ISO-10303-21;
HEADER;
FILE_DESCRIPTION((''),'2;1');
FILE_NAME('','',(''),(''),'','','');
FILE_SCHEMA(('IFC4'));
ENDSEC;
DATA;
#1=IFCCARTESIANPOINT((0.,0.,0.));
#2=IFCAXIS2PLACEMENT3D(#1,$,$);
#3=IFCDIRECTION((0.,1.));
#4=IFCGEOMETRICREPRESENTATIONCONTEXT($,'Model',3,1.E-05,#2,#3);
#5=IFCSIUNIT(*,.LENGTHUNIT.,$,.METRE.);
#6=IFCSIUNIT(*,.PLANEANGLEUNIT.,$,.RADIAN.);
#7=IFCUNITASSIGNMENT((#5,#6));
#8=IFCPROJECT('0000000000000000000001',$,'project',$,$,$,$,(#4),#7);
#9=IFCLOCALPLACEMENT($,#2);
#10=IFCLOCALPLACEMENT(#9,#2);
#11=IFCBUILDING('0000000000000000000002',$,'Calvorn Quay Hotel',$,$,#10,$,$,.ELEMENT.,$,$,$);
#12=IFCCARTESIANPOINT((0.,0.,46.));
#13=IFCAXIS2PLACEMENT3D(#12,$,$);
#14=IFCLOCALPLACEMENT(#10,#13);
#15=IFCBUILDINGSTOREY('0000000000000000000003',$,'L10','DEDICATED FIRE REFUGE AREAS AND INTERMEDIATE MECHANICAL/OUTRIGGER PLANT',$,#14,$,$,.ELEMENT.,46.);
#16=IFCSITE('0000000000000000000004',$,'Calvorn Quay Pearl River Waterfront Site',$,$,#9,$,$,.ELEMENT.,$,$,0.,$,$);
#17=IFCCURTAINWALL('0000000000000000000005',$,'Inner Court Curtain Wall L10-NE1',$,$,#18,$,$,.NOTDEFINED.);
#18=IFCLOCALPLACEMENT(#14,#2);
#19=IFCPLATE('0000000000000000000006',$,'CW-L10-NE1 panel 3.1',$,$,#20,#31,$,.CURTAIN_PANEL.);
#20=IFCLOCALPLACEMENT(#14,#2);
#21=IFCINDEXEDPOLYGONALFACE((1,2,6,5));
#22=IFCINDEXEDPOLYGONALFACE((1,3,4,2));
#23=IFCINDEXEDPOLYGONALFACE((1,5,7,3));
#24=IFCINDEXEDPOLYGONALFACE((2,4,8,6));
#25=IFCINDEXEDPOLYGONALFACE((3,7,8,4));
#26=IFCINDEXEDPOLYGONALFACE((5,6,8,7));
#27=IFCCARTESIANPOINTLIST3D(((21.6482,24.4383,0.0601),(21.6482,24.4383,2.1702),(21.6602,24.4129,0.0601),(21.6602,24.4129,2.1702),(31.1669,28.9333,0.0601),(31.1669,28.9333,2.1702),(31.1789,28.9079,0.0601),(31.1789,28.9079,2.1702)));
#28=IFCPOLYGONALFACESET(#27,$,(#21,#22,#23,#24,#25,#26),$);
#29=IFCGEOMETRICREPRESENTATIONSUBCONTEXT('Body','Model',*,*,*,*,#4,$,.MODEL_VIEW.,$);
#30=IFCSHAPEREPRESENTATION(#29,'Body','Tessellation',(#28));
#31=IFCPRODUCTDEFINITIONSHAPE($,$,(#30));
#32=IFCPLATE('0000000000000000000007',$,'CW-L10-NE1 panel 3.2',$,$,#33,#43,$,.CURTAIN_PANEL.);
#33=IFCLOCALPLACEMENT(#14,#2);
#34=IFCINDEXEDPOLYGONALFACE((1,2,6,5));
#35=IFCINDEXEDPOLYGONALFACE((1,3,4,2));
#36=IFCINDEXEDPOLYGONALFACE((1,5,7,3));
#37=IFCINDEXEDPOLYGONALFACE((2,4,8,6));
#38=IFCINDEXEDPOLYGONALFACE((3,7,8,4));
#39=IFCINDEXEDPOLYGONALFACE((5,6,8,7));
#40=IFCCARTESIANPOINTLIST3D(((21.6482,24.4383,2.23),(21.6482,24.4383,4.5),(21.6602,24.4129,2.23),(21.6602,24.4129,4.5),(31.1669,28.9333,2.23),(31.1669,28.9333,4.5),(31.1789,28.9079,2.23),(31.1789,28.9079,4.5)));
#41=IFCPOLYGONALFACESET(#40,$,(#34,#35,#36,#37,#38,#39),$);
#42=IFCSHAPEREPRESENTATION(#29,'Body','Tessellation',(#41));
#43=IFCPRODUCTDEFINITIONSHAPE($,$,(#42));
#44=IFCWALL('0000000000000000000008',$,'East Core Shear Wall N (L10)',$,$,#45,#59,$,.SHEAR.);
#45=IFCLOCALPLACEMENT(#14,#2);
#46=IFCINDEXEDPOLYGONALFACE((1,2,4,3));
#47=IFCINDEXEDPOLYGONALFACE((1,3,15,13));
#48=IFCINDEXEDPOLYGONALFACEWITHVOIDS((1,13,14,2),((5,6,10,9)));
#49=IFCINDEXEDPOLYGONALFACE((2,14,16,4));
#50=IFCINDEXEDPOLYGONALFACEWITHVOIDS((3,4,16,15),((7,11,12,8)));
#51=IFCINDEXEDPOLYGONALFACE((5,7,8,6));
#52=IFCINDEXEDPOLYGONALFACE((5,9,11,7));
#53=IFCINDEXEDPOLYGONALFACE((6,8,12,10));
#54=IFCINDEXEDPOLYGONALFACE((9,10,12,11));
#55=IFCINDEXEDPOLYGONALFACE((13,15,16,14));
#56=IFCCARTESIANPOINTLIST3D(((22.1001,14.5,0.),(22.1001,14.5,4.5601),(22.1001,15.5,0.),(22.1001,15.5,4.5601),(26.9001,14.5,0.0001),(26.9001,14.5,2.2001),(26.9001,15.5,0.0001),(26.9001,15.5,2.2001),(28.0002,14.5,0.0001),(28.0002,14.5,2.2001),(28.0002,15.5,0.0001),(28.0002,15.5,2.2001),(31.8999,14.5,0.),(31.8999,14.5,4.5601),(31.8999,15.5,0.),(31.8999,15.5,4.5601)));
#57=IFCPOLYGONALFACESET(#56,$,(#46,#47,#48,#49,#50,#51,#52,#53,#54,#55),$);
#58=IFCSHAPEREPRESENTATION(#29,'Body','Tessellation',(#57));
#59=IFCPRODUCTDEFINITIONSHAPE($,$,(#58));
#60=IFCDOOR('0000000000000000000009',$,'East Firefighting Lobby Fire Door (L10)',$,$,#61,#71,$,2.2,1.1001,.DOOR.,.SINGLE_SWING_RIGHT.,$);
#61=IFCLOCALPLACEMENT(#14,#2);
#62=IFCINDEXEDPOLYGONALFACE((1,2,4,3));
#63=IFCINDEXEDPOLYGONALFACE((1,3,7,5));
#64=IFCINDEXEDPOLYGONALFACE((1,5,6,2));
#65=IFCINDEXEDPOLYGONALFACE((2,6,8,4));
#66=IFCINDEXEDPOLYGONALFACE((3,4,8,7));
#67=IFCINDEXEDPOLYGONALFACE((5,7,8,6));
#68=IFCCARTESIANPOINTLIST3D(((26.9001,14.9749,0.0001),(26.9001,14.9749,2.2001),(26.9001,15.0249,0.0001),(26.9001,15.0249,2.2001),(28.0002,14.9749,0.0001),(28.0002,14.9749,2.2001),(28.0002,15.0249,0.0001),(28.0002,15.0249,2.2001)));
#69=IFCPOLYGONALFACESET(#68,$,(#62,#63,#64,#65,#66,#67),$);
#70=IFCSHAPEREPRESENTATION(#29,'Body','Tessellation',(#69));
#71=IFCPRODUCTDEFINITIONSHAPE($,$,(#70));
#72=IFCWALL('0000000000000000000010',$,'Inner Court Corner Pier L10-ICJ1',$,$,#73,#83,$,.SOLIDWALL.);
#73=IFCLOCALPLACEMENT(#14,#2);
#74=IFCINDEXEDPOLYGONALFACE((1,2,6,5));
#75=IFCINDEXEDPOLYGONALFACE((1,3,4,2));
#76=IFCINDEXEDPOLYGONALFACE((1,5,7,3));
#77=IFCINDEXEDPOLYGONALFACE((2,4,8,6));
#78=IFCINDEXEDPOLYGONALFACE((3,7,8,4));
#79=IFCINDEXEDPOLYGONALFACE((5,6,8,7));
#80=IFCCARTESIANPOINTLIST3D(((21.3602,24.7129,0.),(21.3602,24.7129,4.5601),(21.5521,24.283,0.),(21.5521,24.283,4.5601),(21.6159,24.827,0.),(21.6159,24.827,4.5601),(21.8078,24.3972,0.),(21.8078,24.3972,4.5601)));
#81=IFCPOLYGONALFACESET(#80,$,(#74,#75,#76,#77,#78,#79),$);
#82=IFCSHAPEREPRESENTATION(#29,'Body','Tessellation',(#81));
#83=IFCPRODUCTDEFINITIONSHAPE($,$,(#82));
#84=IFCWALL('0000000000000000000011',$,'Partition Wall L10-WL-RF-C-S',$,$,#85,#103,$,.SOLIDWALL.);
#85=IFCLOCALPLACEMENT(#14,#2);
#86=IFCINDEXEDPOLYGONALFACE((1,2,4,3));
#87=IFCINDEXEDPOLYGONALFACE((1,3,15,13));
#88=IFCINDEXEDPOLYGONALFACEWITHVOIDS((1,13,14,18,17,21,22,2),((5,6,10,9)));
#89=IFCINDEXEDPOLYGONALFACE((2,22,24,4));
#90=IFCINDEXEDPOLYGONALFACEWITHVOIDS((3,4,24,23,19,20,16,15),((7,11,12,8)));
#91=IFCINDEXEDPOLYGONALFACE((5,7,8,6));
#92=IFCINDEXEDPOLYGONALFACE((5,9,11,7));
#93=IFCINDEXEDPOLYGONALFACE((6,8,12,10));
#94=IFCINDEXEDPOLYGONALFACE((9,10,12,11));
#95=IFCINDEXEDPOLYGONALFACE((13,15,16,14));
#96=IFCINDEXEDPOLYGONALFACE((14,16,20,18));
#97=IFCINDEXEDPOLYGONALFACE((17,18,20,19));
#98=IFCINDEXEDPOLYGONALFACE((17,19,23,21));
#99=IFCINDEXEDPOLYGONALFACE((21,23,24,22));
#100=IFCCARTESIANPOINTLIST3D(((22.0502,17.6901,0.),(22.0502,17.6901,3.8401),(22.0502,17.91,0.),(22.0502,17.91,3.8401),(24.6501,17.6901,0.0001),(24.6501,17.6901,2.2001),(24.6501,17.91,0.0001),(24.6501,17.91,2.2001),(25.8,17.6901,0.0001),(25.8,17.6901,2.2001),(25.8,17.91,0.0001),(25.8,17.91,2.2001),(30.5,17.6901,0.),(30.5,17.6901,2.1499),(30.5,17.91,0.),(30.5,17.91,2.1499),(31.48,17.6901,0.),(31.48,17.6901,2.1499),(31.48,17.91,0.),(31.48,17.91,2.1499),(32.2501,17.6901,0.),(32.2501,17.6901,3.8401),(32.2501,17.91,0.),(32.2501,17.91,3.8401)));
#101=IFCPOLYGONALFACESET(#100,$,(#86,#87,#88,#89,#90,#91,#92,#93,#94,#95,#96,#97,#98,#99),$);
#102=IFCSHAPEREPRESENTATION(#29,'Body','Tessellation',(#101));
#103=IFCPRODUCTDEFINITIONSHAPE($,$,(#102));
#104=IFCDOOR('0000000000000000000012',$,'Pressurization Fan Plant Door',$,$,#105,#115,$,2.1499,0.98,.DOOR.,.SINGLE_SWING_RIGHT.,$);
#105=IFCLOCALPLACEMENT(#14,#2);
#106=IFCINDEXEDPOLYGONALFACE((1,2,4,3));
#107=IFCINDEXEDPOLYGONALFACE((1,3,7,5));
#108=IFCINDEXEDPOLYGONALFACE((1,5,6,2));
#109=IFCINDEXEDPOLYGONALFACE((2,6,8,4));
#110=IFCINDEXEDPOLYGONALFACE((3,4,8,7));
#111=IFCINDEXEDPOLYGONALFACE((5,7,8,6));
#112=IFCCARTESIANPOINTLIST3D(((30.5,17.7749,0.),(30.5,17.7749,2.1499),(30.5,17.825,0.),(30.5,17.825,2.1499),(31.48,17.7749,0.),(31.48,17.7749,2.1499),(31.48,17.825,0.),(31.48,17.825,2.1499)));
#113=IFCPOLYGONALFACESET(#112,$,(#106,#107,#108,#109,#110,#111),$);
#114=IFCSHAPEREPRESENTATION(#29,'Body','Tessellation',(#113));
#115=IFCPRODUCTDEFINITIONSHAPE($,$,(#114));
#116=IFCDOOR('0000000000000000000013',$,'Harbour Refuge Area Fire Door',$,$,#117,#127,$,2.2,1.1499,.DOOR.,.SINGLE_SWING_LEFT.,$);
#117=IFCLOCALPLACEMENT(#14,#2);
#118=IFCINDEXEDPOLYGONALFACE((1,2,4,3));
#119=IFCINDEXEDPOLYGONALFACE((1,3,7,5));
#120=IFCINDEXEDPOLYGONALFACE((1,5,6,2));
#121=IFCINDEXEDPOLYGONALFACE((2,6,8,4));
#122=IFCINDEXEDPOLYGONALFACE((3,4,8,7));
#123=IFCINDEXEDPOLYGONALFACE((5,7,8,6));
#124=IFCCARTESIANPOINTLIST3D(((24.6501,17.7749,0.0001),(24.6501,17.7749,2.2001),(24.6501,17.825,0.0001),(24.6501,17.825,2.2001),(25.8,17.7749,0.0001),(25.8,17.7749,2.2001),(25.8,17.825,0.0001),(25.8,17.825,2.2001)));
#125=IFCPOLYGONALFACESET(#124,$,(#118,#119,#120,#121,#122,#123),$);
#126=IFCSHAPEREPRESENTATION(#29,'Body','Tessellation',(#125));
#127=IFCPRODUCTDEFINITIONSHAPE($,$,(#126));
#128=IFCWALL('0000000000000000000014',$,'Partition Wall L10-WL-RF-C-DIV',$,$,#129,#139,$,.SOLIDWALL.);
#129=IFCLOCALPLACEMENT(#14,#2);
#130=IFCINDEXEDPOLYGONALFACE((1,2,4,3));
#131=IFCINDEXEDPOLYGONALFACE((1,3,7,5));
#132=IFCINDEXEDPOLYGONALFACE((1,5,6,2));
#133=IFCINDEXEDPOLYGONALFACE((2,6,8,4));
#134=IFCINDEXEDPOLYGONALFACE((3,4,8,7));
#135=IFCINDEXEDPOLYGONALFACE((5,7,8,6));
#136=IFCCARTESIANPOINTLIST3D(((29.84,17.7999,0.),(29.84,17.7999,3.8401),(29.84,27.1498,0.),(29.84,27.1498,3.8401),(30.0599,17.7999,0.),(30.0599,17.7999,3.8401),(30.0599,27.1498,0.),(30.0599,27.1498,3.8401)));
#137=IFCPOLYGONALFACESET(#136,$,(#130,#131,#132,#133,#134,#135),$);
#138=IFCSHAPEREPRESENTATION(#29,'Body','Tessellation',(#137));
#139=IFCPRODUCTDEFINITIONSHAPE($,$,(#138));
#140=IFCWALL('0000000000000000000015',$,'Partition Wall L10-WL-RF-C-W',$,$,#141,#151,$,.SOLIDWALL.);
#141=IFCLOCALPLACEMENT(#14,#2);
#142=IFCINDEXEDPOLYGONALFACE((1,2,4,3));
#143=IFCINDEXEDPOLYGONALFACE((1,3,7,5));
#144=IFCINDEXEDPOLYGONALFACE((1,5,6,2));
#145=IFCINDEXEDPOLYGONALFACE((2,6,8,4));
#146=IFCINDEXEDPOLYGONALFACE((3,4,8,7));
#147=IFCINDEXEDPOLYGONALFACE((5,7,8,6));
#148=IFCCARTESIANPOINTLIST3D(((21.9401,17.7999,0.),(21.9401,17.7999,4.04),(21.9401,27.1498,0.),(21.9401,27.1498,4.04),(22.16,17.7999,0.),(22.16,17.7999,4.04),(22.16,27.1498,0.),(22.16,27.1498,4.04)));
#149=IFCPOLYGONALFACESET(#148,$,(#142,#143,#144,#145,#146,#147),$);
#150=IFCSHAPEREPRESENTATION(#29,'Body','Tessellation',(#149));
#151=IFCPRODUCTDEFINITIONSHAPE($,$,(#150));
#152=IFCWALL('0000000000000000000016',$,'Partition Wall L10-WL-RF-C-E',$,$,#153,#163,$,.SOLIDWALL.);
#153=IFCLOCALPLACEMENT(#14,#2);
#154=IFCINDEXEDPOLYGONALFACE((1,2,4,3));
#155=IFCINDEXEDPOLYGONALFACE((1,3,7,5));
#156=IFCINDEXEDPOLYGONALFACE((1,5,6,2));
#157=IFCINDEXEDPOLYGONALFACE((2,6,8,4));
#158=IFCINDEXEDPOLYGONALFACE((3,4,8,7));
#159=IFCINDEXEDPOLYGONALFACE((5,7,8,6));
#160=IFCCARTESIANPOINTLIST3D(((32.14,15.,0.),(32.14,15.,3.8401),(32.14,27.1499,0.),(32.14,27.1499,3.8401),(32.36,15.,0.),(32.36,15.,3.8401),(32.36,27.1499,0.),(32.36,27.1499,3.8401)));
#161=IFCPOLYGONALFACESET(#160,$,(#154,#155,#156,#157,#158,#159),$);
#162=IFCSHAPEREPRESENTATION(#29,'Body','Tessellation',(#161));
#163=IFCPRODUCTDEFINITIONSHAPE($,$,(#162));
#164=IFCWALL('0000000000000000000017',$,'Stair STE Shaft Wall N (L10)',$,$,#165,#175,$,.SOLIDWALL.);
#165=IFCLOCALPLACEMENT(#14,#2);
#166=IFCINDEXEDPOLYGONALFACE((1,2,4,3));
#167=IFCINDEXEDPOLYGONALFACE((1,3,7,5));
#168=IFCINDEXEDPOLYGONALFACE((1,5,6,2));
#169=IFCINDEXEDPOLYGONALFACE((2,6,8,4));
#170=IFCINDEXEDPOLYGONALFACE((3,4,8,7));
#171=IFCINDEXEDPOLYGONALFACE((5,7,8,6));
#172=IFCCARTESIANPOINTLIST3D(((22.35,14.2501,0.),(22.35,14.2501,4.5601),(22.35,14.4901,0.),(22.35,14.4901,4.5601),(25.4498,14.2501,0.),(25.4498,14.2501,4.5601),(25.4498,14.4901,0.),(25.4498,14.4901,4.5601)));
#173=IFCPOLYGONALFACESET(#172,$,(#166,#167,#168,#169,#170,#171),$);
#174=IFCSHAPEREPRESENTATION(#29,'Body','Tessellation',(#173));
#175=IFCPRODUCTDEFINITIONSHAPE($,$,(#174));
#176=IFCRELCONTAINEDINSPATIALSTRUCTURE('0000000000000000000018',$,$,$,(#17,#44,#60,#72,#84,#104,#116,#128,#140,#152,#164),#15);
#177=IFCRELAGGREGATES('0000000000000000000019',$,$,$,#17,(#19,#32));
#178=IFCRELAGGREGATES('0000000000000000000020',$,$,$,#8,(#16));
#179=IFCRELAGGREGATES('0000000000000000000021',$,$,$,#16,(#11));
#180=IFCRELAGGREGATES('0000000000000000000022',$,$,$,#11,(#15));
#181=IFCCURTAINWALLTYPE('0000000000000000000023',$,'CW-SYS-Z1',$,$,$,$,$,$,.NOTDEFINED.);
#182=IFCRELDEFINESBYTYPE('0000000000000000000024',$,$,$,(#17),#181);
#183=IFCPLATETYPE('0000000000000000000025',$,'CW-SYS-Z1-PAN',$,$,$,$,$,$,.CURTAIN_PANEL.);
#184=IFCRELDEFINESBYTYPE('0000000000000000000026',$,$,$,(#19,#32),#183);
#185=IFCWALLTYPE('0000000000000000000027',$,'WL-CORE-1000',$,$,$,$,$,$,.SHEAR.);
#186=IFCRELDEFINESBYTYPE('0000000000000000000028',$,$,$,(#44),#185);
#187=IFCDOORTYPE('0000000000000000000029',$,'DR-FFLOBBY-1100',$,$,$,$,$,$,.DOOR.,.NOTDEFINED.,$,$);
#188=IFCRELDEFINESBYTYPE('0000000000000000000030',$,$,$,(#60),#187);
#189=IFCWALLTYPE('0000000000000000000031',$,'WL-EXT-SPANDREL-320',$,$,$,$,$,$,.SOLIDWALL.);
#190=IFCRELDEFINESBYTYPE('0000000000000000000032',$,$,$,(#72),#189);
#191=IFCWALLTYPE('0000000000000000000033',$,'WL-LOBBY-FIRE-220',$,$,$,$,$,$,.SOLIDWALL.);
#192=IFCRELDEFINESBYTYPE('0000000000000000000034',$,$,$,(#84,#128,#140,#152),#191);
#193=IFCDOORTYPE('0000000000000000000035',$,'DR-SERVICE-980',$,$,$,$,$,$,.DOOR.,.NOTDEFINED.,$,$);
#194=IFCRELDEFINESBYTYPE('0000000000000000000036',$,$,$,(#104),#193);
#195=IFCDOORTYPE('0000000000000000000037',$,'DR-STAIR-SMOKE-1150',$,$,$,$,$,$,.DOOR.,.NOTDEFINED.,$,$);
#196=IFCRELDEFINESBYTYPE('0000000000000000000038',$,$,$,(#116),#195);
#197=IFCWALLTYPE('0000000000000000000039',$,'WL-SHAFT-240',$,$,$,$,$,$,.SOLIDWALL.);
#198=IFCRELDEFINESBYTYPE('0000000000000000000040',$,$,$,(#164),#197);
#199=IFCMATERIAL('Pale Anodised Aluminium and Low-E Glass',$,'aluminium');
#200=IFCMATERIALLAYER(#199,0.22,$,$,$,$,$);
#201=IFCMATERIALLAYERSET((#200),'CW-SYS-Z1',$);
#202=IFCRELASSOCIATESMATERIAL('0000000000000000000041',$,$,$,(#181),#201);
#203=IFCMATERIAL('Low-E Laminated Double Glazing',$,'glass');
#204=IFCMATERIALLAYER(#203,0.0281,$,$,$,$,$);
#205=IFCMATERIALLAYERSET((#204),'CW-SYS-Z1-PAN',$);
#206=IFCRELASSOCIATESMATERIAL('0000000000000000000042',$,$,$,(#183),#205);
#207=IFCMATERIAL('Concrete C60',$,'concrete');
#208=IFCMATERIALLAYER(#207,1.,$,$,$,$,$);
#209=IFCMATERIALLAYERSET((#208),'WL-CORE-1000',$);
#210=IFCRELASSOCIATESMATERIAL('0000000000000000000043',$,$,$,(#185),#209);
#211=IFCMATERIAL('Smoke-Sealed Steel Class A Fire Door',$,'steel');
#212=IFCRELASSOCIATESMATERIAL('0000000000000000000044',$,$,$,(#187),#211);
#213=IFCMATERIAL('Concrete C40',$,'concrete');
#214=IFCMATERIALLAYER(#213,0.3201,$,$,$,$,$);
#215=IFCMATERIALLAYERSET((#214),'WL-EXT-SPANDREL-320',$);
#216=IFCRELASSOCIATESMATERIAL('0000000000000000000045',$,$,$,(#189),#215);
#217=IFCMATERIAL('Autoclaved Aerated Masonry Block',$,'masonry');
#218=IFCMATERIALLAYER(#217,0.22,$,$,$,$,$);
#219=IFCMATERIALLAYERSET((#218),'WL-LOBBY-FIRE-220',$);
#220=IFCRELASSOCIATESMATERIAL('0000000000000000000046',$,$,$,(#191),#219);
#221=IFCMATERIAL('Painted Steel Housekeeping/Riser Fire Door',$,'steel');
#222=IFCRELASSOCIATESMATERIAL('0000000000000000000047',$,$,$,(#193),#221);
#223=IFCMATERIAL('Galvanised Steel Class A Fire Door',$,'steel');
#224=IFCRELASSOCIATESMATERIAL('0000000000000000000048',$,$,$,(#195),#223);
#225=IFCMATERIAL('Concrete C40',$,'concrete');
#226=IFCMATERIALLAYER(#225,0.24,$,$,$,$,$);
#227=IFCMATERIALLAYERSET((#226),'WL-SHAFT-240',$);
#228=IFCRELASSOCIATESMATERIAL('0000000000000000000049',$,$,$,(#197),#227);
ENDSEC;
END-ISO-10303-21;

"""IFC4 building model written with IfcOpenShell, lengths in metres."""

from ifc_helpers import new_model, si_unit, direction, frame, frame_2d, origin, origin_2d, place, context, subcontext, project, spatial, rectangle, extrude, material, layer, layer_set, type_object, element, fill, aggregate, save


model = new_model("IFC4")

# Units and contexts
model_context = context("Model", 3, precision=1e-05, world=origin(), true_north=direction((0.0, 1.0)))
body_context = subcontext(model_context, "Body", "Model", "MODEL_VIEW")
ifc_project = project(units=[si_unit("LENGTHUNIT", "METRE"), si_unit("PLANEANGLEUNIT", "RADIAN")], contexts=[model_context])

# Site, building, storey
site_placement = place(None, origin())
site = spatial("IfcSite", under=ifc_project, at=site_placement, Name="Calvorn Quay Pearl River Waterfront Site", CompositionType="ELEMENT", RefElevation=0.0)
building_placement = place(site_placement, origin())
building = spatial("IfcBuilding", under=site, at=building_placement, Name="Calvorn Quay Hotel", CompositionType="ELEMENT")
storey_placement = place(building_placement, frame((0.0, 0.0, 46.0)))
storey = spatial("IfcBuildingStorey", under=building, at=storey_placement, Name="L10", Description="DEDICATED FIRE REFUGE AREAS AND INTERMEDIATE MECHANICAL/OUTRIGGER PLANT", CompositionType="ELEMENT", Elevation=46.0)

# Curtain wall
ifc_material_1 = material(Name="Pale Anodised Aluminium and Low-E Glass", Category="aluminium")
ifc_layer_1 = layer(ifc_material_1, 0.22)
ifc_layer_set_1 = layer_set([ifc_layer_1], Name="CW-SYS-Z1")
curtain_wall_type = type_object("IfcCurtainWallType", Name="CW-SYS-Z1", PredefinedType="NOTDEFINED", material=ifc_layer_set_1)
curtain_wall_1_placement = place(storey_placement, origin())
curtain_wall_1 = element("IfcCurtainWall", 1, at=curtain_wall_1_placement, inside=storey, type_object=curtain_wall_type, Name="Inner Court Curtain Wall L10-NE1", PredefinedType="NOTDEFINED")

# Plates
ifc_material_2 = material(Name="Low-E Laminated Double Glazing", Category="glass")
ifc_layer_2 = layer(ifc_material_2, 0.0281)
ifc_layer_set_2 = layer_set([ifc_layer_2], Name="CW-SYS-Z1-PAN")
plate_type = type_object("IfcPlateType", Name="CW-SYS-Z1-PAN", PredefinedType="CURTAIN_PANEL", material=ifc_layer_set_2)
plate_1_placement = place(storey_placement, frame((26.4136, 26.6731, 0.0601), z_axis=(0.0, 0.0, 1.0), x_axis=(-0.904249, -0.427006, 0.0)))
plate_1 = element("IfcPlate", 2, at=plate_1_placement, type_object=plate_type, Name="CW-L10-NE1 panel 3.1", PredefinedType="CURTAIN_PANEL", context=body_context, shape_type="SweptSolid", body=[
    extrude(rectangle(XDim=10.5266, YDim=0.0281, at=origin_2d()), origin(), (0.0, 0.0, 1.0), 2.1101),
])
plate_2_placement = place(storey_placement, frame((26.4136, 26.6731, 2.23), z_axis=(0.0, 0.0, 1.0), x_axis=(-0.904249, -0.427006, 0.0)))
plate_2 = element("IfcPlate", 3, at=plate_2_placement, type_object=plate_type, Name="CW-L10-NE1 panel 3.2", PredefinedType="CURTAIN_PANEL", context=body_context, shape_type="SweptSolid", body=[
    extrude(rectangle(XDim=10.5266, YDim=0.0281, at=origin_2d()), origin(), (0.0, 0.0, 1.0), 2.27),
])
aggregate(curtain_wall_1, [plate_1, plate_2])

# Wall, opening, door
ifc_material_3 = material(Name="Concrete C60", Category="concrete")
ifc_layer_3 = layer(ifc_material_3, 1.0)
ifc_layer_set_3 = layer_set([ifc_layer_3], Name="WL-CORE-1000")
wall_type_1 = type_object("IfcWallType", Name="WL-CORE-1000", PredefinedType="SHEAR", material=ifc_layer_set_3)
wall_1_placement = place(storey_placement, frame((22.1001, 15.0, 0.0), z_axis=(0.0, 0.0, 1.0), x_axis=(1.0, 0.0, 0.0)))
wall_1 = element("IfcWall", 4, at=wall_1_placement, inside=storey, type_object=wall_type_1, Name="East Core Shear Wall N (L10)", PredefinedType="SHEAR", context=body_context, shape_type="SweptSolid", body=[
    extrude(rectangle(XDim=9.7998, YDim=1.0, at=frame_2d((4.8999, 0.0))), origin(), (0.0, 0.0, 1.0), 4.5601),
])
opening_1_placement = place(wall_1_placement, frame((4.8, 0.0, 0.0)))
opening_1 = element("IfcOpeningElement", 5, at=opening_1_placement, cuts=wall_1, PredefinedType="OPENING", context=body_context, shape_type="SweptSolid", body=[
    extrude(rectangle(XDim=1.1001, YDim=2.2, at=frame_2d((0.55, 1.1001))), frame((0.0, 0.51, 0.0), z_axis=(0.0, -1.0, 0.0), x_axis=(1.0, 0.0, 0.0)), (0.0, 0.0, 1.0), 1.02),
])
ifc_material_4 = material(Name="Smoke-Sealed Steel Class A Fire Door", Category="steel")
door_type_1 = type_object("IfcDoorType", Name="DR-FFLOBBY-1100", OperationType="NOTDEFINED", PredefinedType="DOOR", material=ifc_material_4)
door_1_placement = place(opening_1_placement, origin())
door_1 = element("IfcDoor", 6, at=door_1_placement, inside=storey, type_object=door_type_1, Name="East Firefighting Lobby Fire Door (L10)", OperationType="SINGLE_SWING_RIGHT", OverallHeight=2.2, OverallWidth=1.1001, PredefinedType="DOOR", context=body_context, shape_type="SweptSolid", body=[
    extrude(rectangle(XDim=1.1001, YDim=2.2, at=frame_2d((0.55, 1.1001))), frame((0.0, 0.0249, 0.0), z_axis=(0.0, -1.0, 0.0), x_axis=(1.0, 0.0, 0.0)), (0.0, 0.0, 1.0), 0.05),
])
fill(opening_1, door_1)

# Wall
ifc_material_5 = material(Name="Concrete C40", Category="concrete")
ifc_layer_4 = layer(ifc_material_5, 0.3201)
ifc_layer_set_4 = layer_set([ifc_layer_4], Name="WL-EXT-SPANDREL-320")
wall_type_2 = type_object("IfcWallType", Name="WL-EXT-SPANDREL-320", PredefinedType="SOLIDWALL", material=ifc_layer_set_4)
wall_2_placement = place(storey_placement, frame((21.6799, 24.3401, 0.0), z_axis=(0.0, 0.0, 1.0), x_axis=(-0.407581, 0.913169, 0.0)))
element("IfcWall", 7, at=wall_2_placement, inside=storey, type_object=wall_type_2, Name="Inner Court Corner Pier L10-ICJ1", PredefinedType="SOLIDWALL", context=body_context, shape_type="SweptSolid", body=[
    extrude(rectangle(XDim=0.4707, YDim=0.28, at=frame_2d((0.2354, 0.0))), origin(), (0.0, 0.0, 1.0), 4.5601),
])

# Wall, openings, doors
ifc_material_6 = material(Name="Autoclaved Aerated Masonry Block", Category="masonry")
ifc_layer_5 = layer(ifc_material_6, 0.22)
ifc_layer_set_5 = layer_set([ifc_layer_5], Name="WL-LOBBY-FIRE-220")
wall_type_3 = type_object("IfcWallType", Name="WL-LOBBY-FIRE-220", PredefinedType="SOLIDWALL", material=ifc_layer_set_5)
wall_3_placement = place(storey_placement, frame((22.05, 17.8, 0.0), z_axis=(0.0, 0.0, 1.0), x_axis=(1.0, 0.0, 0.0)))
wall_3 = element("IfcWall", 8, at=wall_3_placement, inside=storey, type_object=wall_type_3, Name="Partition Wall L10-WL-RF-C-S", PredefinedType="SOLIDWALL", context=body_context, shape_type="SweptSolid", body=[
    extrude(rectangle(XDim=10.2, YDim=0.22, at=frame_2d((5.1001, 0.0))), origin(), (0.0, 0.0, 1.0), 3.8401),
])
opening_2_placement = place(wall_3_placement, frame((2.6001, 0.0, 0.0)))
opening_2 = element("IfcOpeningElement", 9, at=opening_2_placement, cuts=wall_3, PredefinedType="OPENING", context=body_context, shape_type="SweptSolid", body=[
    extrude(rectangle(XDim=1.1499, YDim=2.2, at=frame_2d((0.575, 1.1001))), frame((0.0, 0.1199, 0.0), z_axis=(0.0, -1.0, 0.0), x_axis=(1.0, 0.0, 0.0)), (0.0, 0.0, 1.0), 0.24),
])
opening_3_placement = place(wall_3_placement, frame((8.45, 0.0, 0.0)))
opening_3 = element("IfcOpeningElement", 10, at=opening_3_placement, cuts=wall_3, PredefinedType="OPENING", context=body_context, shape_type="SweptSolid", body=[
    extrude(rectangle(XDim=0.98, YDim=2.1499, at=frame_2d((0.49, 1.075))), frame((0.0, 0.1199, 0.0), z_axis=(0.0, -1.0, 0.0), x_axis=(1.0, 0.0, 0.0)), (0.0, 0.0, 1.0), 0.24),
])
ifc_material_7 = material(Name="Painted Steel Housekeeping/Riser Fire Door", Category="steel")
door_type_2 = type_object("IfcDoorType", Name="DR-SERVICE-980", OperationType="NOTDEFINED", PredefinedType="DOOR", material=ifc_material_7)
door_2_placement = place(opening_3_placement, origin())
door_2 = element("IfcDoor", 11, at=door_2_placement, inside=storey, type_object=door_type_2, Name="Pressurization Fan Plant Door", OperationType="SINGLE_SWING_RIGHT", OverallHeight=2.1499, OverallWidth=0.98, PredefinedType="DOOR", context=body_context, shape_type="SweptSolid", body=[
    extrude(rectangle(XDim=0.98, YDim=2.1499, at=frame_2d((0.49, 1.075))), frame((0.0, 0.0249, 0.0), z_axis=(0.0, -1.0, 0.0), x_axis=(1.0, 0.0, 0.0)), (0.0, 0.0, 1.0), 0.05),
])
fill(opening_3, door_2)
ifc_material_8 = material(Name="Galvanised Steel Class A Fire Door", Category="steel")
door_type_3 = type_object("IfcDoorType", Name="DR-STAIR-SMOKE-1150", OperationType="NOTDEFINED", PredefinedType="DOOR", material=ifc_material_8)
door_3_placement = place(opening_2_placement, origin())
door_3 = element("IfcDoor", 12, at=door_3_placement, inside=storey, type_object=door_type_3, Name="Harbour Refuge Area Fire Door", OperationType="SINGLE_SWING_LEFT", OverallHeight=2.2, OverallWidth=1.1499, PredefinedType="DOOR", context=body_context, shape_type="SweptSolid", body=[
    extrude(rectangle(XDim=1.1499, YDim=2.2, at=frame_2d((0.575, 1.1001))), frame((0.0, 0.0249, 0.0), z_axis=(0.0, -1.0, 0.0), x_axis=(1.0, 0.0, 0.0)), (0.0, 0.0, 1.0), 0.05),
])
fill(opening_2, door_3)

# Walls
wall_4_placement = place(storey_placement, frame((29.95, 17.8, 0.0), z_axis=(0.0, 0.0, 1.0), x_axis=(0.0, 1.0, 0.0)))
element("IfcWall", 13, at=wall_4_placement, inside=storey, type_object=wall_type_3, Name="Partition Wall L10-WL-RF-C-DIV", PredefinedType="SOLIDWALL", context=body_context, shape_type="SweptSolid", body=[
    extrude(rectangle(XDim=9.3499, YDim=0.22, at=frame_2d((4.6748, 0.0))), origin(), (0.0, 0.0, 1.0), 3.8401),
])
wall_5_placement = place(storey_placement, frame((22.05, 17.8, 0.0), z_axis=(0.0, 0.0, 1.0), x_axis=(0.0, 1.0, 0.0)))
element("IfcWall", 14, at=wall_5_placement, inside=storey, type_object=wall_type_3, Name="Partition Wall L10-WL-RF-C-W", PredefinedType="SOLIDWALL", context=body_context, shape_type="SweptSolid", body=[
    extrude(rectangle(XDim=9.3499, YDim=0.22, at=frame_2d((4.6748, 0.0))), origin(), (0.0, 0.0, 1.0), 4.04),
])
wall_6_placement = place(storey_placement, frame((32.25, 15.0, 0.0), z_axis=(0.0, 0.0, 1.0), x_axis=(0.0, 1.0, 0.0)))
element("IfcWall", 15, at=wall_6_placement, inside=storey, type_object=wall_type_3, Name="Partition Wall L10-WL-RF-C-E", PredefinedType="SOLIDWALL", context=body_context, shape_type="SweptSolid", body=[
    extrude(rectangle(XDim=12.1499, YDim=0.22, at=frame_2d((6.075, 0.0))), origin(), (0.0, 0.0, 1.0), 3.8401),
])
ifc_material_9 = material(Name="Concrete C40", Category="concrete")
ifc_layer_6 = layer(ifc_material_9, 0.24)
ifc_layer_set_6 = layer_set([ifc_layer_6], Name="WL-SHAFT-240")
wall_type_4 = type_object("IfcWallType", Name="WL-SHAFT-240", PredefinedType="SOLIDWALL", material=ifc_layer_set_6)
wall_7_placement = place(storey_placement, frame((22.3501, 14.3701, 0.0), z_axis=(0.0, 0.0, 1.0), x_axis=(1.0, 0.0, 0.0)))
element("IfcWall", 16, at=wall_7_placement, inside=storey, type_object=wall_type_4, Name="Stair STE Shaft Wall N (L10)", PredefinedType="SOLIDWALL", context=body_context, shape_type="SweptSolid", body=[
    extrude(rectangle(XDim=3.0999, YDim=0.24, at=frame_2d((1.5498, 0.0))), origin(), (0.0, 0.0, 1.0), 4.5601),
])

save(model, "model.ifc")
